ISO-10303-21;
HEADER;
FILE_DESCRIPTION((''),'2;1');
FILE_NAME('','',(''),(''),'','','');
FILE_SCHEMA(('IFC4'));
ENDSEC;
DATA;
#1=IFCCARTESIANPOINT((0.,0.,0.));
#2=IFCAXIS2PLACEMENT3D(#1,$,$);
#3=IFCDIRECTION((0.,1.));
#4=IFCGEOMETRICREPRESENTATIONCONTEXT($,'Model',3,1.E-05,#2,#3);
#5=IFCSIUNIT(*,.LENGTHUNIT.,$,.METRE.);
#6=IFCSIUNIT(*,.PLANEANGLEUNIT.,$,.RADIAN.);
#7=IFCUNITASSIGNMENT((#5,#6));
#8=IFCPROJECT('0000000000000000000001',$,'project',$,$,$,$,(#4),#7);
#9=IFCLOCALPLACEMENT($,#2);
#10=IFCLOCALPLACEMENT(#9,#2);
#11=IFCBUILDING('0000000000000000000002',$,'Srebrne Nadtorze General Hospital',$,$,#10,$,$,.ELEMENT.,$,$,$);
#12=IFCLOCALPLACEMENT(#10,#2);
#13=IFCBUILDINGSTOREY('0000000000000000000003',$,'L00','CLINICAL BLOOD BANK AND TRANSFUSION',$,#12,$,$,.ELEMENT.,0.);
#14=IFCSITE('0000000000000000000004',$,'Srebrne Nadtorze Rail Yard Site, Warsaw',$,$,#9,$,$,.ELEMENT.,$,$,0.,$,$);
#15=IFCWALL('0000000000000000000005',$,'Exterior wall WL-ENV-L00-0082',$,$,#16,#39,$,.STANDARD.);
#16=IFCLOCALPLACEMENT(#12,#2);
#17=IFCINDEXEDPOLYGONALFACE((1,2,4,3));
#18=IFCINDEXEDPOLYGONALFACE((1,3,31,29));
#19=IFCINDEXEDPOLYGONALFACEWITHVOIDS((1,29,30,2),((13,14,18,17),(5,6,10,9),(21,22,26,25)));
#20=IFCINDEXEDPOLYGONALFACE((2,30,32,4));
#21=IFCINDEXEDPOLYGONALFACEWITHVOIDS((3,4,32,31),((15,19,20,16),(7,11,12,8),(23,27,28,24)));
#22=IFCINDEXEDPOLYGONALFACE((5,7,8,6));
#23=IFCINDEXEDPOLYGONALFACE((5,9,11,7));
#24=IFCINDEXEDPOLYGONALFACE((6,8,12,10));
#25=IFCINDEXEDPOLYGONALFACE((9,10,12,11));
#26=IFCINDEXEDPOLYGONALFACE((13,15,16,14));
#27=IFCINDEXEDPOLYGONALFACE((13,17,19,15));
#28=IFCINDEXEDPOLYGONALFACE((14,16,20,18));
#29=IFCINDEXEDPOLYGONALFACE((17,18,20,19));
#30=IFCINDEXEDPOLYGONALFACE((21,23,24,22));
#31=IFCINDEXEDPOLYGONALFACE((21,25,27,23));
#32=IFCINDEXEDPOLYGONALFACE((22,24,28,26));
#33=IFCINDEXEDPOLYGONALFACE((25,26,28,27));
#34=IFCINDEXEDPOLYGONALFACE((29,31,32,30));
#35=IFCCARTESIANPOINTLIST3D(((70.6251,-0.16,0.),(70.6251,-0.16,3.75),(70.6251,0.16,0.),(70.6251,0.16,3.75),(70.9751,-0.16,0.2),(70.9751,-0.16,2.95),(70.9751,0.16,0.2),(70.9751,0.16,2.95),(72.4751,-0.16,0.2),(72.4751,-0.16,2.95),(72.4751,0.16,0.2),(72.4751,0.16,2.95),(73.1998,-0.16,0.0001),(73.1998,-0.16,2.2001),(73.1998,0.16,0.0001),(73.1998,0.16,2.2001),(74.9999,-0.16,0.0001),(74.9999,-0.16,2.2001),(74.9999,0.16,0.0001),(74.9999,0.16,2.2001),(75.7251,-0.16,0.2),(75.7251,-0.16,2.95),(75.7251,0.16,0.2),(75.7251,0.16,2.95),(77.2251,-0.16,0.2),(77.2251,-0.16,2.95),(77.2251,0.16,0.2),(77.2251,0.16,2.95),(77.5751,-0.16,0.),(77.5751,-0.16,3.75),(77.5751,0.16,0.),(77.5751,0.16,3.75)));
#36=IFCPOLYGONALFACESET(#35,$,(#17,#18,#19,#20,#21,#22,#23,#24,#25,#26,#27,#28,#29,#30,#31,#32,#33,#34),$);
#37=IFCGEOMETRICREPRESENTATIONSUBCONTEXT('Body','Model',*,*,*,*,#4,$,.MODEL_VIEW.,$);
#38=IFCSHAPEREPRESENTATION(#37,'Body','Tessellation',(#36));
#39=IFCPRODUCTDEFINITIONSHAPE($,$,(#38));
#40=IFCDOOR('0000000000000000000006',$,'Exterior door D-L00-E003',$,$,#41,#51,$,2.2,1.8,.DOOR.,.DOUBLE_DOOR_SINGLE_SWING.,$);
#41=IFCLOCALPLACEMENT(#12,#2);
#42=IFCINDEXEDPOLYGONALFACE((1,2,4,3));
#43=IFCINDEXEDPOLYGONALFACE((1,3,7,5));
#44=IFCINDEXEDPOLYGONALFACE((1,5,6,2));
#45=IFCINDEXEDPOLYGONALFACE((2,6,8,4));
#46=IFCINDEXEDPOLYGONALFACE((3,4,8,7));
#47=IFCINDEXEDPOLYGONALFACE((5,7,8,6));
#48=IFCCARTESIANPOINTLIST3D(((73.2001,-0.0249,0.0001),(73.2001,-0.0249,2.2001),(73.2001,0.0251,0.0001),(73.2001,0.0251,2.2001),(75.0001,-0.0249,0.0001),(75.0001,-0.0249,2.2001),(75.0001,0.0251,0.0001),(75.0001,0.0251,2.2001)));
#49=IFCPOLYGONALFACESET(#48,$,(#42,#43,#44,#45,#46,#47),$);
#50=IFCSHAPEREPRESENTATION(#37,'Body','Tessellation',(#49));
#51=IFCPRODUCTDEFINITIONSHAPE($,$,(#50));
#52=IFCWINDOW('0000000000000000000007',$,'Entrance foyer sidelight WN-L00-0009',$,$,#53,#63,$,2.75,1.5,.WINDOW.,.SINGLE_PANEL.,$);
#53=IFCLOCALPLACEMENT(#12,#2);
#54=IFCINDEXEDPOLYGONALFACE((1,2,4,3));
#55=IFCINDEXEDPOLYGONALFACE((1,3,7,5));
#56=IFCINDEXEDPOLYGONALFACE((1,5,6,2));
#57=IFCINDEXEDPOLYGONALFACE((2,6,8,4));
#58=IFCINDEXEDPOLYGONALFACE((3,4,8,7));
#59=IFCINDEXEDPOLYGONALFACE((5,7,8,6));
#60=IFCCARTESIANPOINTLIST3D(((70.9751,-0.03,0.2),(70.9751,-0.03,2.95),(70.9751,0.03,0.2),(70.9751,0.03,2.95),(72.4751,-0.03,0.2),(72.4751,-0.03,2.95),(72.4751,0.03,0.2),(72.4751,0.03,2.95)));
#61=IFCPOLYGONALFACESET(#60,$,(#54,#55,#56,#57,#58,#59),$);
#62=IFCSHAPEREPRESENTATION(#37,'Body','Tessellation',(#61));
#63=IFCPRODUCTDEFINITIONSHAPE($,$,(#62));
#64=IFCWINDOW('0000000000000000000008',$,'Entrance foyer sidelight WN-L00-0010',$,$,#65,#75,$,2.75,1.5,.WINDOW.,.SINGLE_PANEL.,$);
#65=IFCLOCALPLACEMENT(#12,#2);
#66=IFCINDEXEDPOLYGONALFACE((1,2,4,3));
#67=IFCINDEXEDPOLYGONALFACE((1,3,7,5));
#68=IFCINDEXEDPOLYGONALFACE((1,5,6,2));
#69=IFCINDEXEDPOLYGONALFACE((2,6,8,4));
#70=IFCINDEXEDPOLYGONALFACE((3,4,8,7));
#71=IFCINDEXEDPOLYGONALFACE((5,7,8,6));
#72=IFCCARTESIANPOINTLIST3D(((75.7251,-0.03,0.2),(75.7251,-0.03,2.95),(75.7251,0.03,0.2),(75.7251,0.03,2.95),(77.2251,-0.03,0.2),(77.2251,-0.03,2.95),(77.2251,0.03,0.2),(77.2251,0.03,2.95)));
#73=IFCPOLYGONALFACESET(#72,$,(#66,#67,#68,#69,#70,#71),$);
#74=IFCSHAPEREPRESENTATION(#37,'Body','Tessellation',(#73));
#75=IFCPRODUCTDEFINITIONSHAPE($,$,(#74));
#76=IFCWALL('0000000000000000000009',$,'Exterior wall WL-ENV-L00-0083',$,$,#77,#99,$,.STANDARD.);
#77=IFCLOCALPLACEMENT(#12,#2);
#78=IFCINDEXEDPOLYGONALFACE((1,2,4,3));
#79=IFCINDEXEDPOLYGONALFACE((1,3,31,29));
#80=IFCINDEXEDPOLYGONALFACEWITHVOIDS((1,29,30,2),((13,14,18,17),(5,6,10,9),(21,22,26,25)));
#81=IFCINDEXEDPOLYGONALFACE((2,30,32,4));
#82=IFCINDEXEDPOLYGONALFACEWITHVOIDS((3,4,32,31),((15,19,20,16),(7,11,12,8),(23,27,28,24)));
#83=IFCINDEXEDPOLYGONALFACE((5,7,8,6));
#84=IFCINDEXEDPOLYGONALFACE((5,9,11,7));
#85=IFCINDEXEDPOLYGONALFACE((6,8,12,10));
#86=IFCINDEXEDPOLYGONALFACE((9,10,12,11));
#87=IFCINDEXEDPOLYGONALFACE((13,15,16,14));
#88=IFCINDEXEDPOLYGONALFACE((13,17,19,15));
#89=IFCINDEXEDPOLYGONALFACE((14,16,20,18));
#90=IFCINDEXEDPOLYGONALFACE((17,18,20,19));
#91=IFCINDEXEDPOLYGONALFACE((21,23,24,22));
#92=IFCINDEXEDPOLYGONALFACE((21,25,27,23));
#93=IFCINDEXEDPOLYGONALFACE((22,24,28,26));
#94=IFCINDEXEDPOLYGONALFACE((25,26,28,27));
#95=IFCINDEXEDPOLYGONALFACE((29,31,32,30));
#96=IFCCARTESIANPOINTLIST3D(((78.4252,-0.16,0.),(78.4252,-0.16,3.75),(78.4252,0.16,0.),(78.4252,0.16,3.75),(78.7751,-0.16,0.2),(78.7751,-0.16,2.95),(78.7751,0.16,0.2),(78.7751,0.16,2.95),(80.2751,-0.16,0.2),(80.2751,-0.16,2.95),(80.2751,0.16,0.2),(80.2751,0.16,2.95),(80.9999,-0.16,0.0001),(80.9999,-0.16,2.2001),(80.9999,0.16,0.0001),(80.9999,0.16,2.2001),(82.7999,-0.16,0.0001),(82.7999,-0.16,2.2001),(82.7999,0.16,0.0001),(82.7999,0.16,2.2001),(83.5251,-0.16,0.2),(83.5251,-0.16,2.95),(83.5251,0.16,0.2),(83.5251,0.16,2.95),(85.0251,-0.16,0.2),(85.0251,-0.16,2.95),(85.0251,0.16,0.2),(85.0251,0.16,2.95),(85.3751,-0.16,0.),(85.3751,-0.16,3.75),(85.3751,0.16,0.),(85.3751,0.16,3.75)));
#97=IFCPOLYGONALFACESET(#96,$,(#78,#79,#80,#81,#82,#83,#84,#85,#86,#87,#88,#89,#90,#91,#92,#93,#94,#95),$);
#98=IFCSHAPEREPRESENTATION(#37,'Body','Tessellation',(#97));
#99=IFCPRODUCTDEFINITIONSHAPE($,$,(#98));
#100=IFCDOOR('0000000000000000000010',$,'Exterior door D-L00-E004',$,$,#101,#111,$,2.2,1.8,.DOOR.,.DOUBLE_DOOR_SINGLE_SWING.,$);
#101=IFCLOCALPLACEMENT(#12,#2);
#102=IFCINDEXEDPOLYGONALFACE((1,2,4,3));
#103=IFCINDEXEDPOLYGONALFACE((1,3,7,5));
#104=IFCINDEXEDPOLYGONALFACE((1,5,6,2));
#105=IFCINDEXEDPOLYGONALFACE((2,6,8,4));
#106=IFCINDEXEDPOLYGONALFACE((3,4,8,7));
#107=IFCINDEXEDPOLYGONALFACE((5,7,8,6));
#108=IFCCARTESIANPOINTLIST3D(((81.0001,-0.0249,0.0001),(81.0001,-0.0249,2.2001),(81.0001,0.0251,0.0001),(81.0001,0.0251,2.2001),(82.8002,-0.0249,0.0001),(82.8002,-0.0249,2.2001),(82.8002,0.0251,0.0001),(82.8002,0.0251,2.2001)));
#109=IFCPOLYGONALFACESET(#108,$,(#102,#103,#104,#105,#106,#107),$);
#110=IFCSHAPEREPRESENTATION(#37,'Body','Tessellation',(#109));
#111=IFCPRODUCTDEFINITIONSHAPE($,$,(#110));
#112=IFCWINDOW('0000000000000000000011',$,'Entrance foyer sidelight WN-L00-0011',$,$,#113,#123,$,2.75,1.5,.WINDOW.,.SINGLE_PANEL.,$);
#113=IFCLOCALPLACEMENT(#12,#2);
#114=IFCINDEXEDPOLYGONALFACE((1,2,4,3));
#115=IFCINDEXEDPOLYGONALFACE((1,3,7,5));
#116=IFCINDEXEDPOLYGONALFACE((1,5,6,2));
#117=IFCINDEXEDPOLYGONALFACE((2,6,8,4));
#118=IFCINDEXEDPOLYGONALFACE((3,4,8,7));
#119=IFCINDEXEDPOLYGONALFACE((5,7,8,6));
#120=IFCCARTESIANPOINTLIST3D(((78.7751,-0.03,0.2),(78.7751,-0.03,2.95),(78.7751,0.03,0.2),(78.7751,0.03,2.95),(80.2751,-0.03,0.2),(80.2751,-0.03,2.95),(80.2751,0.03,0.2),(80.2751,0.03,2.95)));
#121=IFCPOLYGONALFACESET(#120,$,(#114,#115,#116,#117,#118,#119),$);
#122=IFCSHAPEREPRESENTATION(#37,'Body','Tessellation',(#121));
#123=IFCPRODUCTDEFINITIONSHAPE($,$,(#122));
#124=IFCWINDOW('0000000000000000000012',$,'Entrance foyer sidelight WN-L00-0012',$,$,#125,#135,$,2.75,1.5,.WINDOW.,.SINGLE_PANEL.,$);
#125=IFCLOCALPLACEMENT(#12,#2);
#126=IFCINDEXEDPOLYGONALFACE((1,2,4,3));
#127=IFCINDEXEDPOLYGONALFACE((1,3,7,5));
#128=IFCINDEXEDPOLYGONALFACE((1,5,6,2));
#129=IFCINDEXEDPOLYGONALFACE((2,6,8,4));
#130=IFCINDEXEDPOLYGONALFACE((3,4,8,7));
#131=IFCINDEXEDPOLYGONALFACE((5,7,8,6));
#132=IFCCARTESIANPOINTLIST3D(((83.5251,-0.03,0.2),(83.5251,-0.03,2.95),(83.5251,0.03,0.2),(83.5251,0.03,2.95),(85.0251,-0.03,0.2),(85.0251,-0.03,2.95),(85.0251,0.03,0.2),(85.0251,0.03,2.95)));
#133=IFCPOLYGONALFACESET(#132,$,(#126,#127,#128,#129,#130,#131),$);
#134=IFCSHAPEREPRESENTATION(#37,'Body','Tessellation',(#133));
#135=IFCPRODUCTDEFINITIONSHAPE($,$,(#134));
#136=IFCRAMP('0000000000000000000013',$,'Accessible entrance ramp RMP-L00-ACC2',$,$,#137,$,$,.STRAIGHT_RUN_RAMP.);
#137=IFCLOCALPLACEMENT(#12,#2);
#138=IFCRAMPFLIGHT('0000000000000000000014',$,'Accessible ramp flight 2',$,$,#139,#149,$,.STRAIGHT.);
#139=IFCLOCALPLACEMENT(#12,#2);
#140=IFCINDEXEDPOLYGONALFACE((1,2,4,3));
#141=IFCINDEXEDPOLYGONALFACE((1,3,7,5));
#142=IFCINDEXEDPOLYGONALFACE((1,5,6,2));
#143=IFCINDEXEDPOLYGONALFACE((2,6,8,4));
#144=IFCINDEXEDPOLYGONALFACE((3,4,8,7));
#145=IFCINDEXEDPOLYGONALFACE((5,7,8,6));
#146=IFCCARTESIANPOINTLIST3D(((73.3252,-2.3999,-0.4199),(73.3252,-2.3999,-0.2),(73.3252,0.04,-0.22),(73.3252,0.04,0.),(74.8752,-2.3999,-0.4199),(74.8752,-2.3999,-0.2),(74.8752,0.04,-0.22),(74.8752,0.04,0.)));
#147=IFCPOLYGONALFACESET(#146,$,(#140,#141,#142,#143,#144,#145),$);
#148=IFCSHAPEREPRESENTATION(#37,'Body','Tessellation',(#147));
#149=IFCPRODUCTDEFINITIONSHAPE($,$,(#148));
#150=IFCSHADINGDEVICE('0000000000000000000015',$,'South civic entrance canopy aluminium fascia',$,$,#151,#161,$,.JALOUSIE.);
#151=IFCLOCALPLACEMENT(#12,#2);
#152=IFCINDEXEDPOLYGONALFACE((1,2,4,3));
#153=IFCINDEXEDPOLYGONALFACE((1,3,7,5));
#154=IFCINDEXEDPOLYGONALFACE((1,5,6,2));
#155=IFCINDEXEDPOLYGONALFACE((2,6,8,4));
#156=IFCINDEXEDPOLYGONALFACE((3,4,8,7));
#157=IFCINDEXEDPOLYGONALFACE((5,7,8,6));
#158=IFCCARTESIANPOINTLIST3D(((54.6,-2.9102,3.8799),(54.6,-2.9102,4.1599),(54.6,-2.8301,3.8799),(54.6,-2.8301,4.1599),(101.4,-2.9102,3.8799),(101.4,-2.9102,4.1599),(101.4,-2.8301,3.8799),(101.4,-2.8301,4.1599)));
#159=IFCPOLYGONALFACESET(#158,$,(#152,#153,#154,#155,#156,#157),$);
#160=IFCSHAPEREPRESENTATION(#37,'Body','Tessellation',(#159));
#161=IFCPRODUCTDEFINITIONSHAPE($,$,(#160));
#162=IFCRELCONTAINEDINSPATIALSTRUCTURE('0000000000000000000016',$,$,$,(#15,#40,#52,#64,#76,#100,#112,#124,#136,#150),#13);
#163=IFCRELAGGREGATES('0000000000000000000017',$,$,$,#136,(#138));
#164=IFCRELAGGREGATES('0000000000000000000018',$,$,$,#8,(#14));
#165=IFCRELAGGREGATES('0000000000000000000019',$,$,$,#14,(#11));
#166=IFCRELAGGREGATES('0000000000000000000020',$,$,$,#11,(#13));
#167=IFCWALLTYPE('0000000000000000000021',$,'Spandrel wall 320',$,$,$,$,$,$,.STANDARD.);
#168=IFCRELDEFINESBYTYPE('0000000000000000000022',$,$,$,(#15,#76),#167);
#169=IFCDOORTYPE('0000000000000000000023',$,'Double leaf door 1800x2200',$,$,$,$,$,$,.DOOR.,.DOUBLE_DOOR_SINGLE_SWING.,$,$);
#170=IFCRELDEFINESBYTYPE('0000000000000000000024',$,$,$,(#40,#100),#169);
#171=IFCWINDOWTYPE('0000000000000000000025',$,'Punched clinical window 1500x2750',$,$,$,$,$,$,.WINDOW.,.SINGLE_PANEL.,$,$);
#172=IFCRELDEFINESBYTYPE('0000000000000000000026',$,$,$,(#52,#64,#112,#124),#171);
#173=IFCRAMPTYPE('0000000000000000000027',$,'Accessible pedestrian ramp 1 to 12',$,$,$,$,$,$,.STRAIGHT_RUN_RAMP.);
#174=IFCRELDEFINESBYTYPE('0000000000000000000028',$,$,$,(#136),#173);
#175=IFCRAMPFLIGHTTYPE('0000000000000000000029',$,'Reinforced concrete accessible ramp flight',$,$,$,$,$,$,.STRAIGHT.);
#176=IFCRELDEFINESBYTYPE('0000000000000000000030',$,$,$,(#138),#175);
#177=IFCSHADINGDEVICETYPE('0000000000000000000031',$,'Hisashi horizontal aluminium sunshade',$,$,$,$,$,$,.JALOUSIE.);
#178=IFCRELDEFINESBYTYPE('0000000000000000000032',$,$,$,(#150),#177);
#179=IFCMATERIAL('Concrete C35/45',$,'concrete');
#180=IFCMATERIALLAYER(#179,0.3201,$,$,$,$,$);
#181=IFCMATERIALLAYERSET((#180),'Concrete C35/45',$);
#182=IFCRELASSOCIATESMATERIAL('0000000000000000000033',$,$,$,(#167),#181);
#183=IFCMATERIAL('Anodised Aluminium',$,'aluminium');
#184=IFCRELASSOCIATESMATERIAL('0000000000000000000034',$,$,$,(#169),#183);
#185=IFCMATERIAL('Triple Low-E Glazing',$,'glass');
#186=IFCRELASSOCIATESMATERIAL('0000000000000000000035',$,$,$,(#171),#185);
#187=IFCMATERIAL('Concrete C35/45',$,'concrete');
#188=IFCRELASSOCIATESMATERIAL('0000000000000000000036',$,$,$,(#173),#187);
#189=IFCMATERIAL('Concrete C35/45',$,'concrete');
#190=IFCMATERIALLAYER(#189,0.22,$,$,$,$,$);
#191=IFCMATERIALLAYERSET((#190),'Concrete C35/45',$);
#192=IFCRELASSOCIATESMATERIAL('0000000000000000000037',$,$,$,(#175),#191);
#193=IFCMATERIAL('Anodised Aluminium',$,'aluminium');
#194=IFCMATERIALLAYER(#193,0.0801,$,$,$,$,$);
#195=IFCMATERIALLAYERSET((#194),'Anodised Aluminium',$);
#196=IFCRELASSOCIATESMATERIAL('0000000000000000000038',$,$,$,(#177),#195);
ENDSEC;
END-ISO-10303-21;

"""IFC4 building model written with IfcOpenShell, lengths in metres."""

from ifc_helpers import new_model, si_unit, direction, frame, frame_2d, origin, origin_2d, place, context, subcontext, project, spatial, polyline, rectangle, outline, extrude, material, layer, layer_set, type_object, element, fill, aggregate, save


model = new_model("IFC4")

# Units and contexts
model_context = context("Model", 3, precision=1e-05, world=origin(), true_north=direction((0.0, 1.0)))
body_context = subcontext(model_context, "Body", "Model", "MODEL_VIEW")
ifc_project = project(units=[si_unit("LENGTHUNIT", "METRE"), si_unit("PLANEANGLEUNIT", "RADIAN")], contexts=[model_context])

# Site, building, storey
site_placement = place(None, origin())
site = spatial("IfcSite", under=ifc_project, at=site_placement, Name="Srebrne Nadtorze Rail Yard Site, Warsaw", CompositionType="ELEMENT", RefElevation=0.0)
building_placement = place(site_placement, origin())
building = spatial("IfcBuilding", under=site, at=building_placement, Name="Srebrne Nadtorze General Hospital", CompositionType="ELEMENT")
storey_placement = place(building_placement, origin())
storey = spatial("IfcBuildingStorey", under=building, at=storey_placement, Name="L00", Description="CLINICAL BLOOD BANK AND TRANSFUSION", CompositionType="ELEMENT", Elevation=0.0)

# Walls, openings, doors, windows
ifc_material_1 = material(Name="Concrete C35/45", Category="concrete")
ifc_layer_1 = layer(ifc_material_1, 0.3201)
ifc_layer_set_1 = layer_set([ifc_layer_1], Name="Concrete C35/45")
wall_type_1 = type_object("IfcWallType", Name="Spandrel wall 320", PredefinedType="STANDARD", material=ifc_layer_set_1)
wall_1_placement = place(storey_placement, frame((70.625, 0.0, 0.0), z_axis=(0.0, 0.0, 1.0), x_axis=(1.0, 0.0, 0.0)))
wall_1 = element("IfcWall", 1, at=wall_1_placement, inside=storey, type_object=wall_type_1, Name="Exterior wall WL-ENV-L00-0082", PredefinedType="STANDARD", context=body_context, shape_type="SweptSolid", body=[
    extrude(rectangle(XDim=6.95, YDim=0.3201, at=frame_2d((3.4751, 0.0))), origin(), (0.0, 0.0, 1.0), 3.75),
])
opening_1_placement = place(wall_1_placement, frame((2.575, 0.0, 0.0)))
opening_1 = element("IfcOpeningElement", 2, at=opening_1_placement, cuts=wall_1, PredefinedType="OPENING", context=body_context, shape_type="SweptSolid", body=[
    extrude(rectangle(XDim=1.8, YDim=2.2, at=frame_2d((0.8999, 1.1001))), frame((0.0, 0.1719, 0.0), z_axis=(0.0, -1.0, 0.0), x_axis=(1.0, 0.0, 0.0)), (0.0, 0.0, 1.0), 0.344),
])
opening_2_placement = place(wall_1_placement, frame((0.3501, 0.0, 0.2)))
opening_2 = element("IfcOpeningElement", 3, at=opening_2_placement, cuts=wall_1, PredefinedType="OPENING", context=body_context, shape_type="SweptSolid", body=[
    extrude(rectangle(XDim=1.5, YDim=2.75, at=frame_2d((0.75, 1.375))), frame((0.0, 0.1719, 0.0), z_axis=(0.0, -1.0, 0.0), x_axis=(1.0, 0.0, 0.0)), (0.0, 0.0, 1.0), 0.344),
])
opening_3_placement = place(wall_1_placement, frame((5.1001, 0.0, 0.2)))
opening_3 = element("IfcOpeningElement", 4, at=opening_3_placement, cuts=wall_1, PredefinedType="OPENING", context=body_context, shape_type="SweptSolid", body=[
    extrude(rectangle(XDim=1.5, YDim=2.75, at=frame_2d((0.75, 1.375))), frame((0.0, 0.1719, 0.0), z_axis=(0.0, -1.0, 0.0), x_axis=(1.0, 0.0, 0.0)), (0.0, 0.0, 1.0), 0.344),
])
ifc_material_2 = material(Name="Anodised Aluminium", Category="aluminium")
door_type = type_object("IfcDoorType", Name="Double leaf door 1800x2200", OperationType="DOUBLE_DOOR_SINGLE_SWING", PredefinedType="DOOR", material=ifc_material_2)
door_1_placement = place(opening_1_placement, frame((1.8, 0.0, 0.0), z_axis=(0.0, 0.0, 1.0), x_axis=(-1.0, 0.0, 0.0)))
door_1 = element("IfcDoor", 5, at=door_1_placement, inside=storey, type_object=door_type, Name="Exterior door D-L00-E003", OperationType="DOUBLE_DOOR_SINGLE_SWING", OverallHeight=2.2, OverallWidth=1.8, PredefinedType="DOOR", context=body_context, shape_type="SweptSolid", body=[
    extrude(rectangle(XDim=1.8, YDim=2.2, at=frame_2d((0.8999, 1.1001))), frame((0.0, 0.0249, 0.0), z_axis=(0.0, -1.0, 0.0), x_axis=(1.0, 0.0, 0.0)), (0.0, 0.0, 1.0), 0.05),
])
fill(opening_1, door_1)
ifc_material_3 = material(Name="Triple Low-E Glazing", Category="glass")
window_type = type_object("IfcWindowType", Name="Punched clinical window 1500x2750", PartitioningType="SINGLE_PANEL", PredefinedType="WINDOW", material=ifc_material_3)
window_1_placement = place(opening_2_placement, origin())
window_1 = element("IfcWindow", 6, at=window_1_placement, inside=storey, type_object=window_type, Name="Entrance foyer sidelight WN-L00-0009", OverallHeight=2.75, OverallWidth=1.5, PartitioningType="SINGLE_PANEL", PredefinedType="WINDOW", context=body_context, shape_type="SweptSolid", body=[
    extrude(rectangle(XDim=1.5, YDim=2.75, at=frame_2d((0.75, 1.375))), frame((0.0, 0.03, 0.0), z_axis=(0.0, -1.0, 0.0), x_axis=(1.0, 0.0, 0.0)), (0.0, 0.0, 1.0), 0.0601),
])
fill(opening_2, window_1)
window_2_placement = place(opening_3_placement, origin())
window_2 = element("IfcWindow", 7, at=window_2_placement, inside=storey, type_object=window_type, Name="Entrance foyer sidelight WN-L00-0010", OverallHeight=2.75, OverallWidth=1.5, PartitioningType="SINGLE_PANEL", PredefinedType="WINDOW", context=body_context, shape_type="SweptSolid", body=[
    extrude(rectangle(XDim=1.5, YDim=2.75, at=frame_2d((0.75, 1.375))), frame((0.0, 0.03, 0.0), z_axis=(0.0, -1.0, 0.0), x_axis=(1.0, 0.0, 0.0)), (0.0, 0.0, 1.0), 0.0601),
])
fill(opening_3, window_2)
wall_2_placement = place(storey_placement, frame((78.425, 0.0, 0.0), z_axis=(0.0, 0.0, 1.0), x_axis=(1.0, 0.0, 0.0)))
wall_2 = element("IfcWall", 8, at=wall_2_placement, inside=storey, type_object=wall_type_1, Name="Exterior wall WL-ENV-L00-0083", PredefinedType="STANDARD", context=body_context, shape_type="SweptSolid", body=[
    extrude(rectangle(XDim=6.95, YDim=0.3201, at=frame_2d((3.4751, 0.0))), origin(), (0.0, 0.0, 1.0), 3.75),
])
opening_4_placement = place(wall_2_placement, frame((2.575, 0.0, 0.0)))
opening_4 = element("IfcOpeningElement", 9, at=opening_4_placement, cuts=wall_2, PredefinedType="OPENING", context=body_context, shape_type="SweptSolid", body=[
    extrude(rectangle(XDim=1.8, YDim=2.2, at=frame_2d((0.8999, 1.1001))), frame((0.0, 0.1719, 0.0), z_axis=(0.0, -1.0, 0.0), x_axis=(1.0, 0.0, 0.0)), (0.0, 0.0, 1.0), 0.344),
])
opening_5_placement = place(wall_2_placement, frame((0.3501, 0.0, 0.2)))
opening_5 = element("IfcOpeningElement", 10, at=opening_5_placement, cuts=wall_2, PredefinedType="OPENING", context=body_context, shape_type="SweptSolid", body=[
    extrude(rectangle(XDim=1.5, YDim=2.75, at=frame_2d((0.75, 1.375))), frame((0.0, 0.1719, 0.0), z_axis=(0.0, -1.0, 0.0), x_axis=(1.0, 0.0, 0.0)), (0.0, 0.0, 1.0), 0.344),
])
opening_6_placement = place(wall_2_placement, frame((5.1001, 0.0, 0.2)))
opening_6 = element("IfcOpeningElement", 11, at=opening_6_placement, cuts=wall_2, PredefinedType="OPENING", context=body_context, shape_type="SweptSolid", body=[
    extrude(rectangle(XDim=1.5, YDim=2.75, at=frame_2d((0.75, 1.375))), frame((0.0, 0.1719, 0.0), z_axis=(0.0, -1.0, 0.0), x_axis=(1.0, 0.0, 0.0)), (0.0, 0.0, 1.0), 0.344),
])
door_2_placement = place(opening_4_placement, frame((1.8, 0.0, 0.0), z_axis=(0.0, 0.0, 1.0), x_axis=(-1.0, 0.0, 0.0)))
door_2 = element("IfcDoor", 12, at=door_2_placement, inside=storey, type_object=door_type, Name="Exterior door D-L00-E004", OperationType="DOUBLE_DOOR_SINGLE_SWING", OverallHeight=2.2, OverallWidth=1.8, PredefinedType="DOOR", context=body_context, shape_type="SweptSolid", body=[
    extrude(rectangle(XDim=1.8, YDim=2.2, at=frame_2d((0.8999, 1.1001))), frame((0.0, 0.0249, 0.0), z_axis=(0.0, -1.0, 0.0), x_axis=(1.0, 0.0, 0.0)), (0.0, 0.0, 1.0), 0.05),
])
fill(opening_4, door_2)
window_3_placement = place(opening_5_placement, origin())
window_3 = element("IfcWindow", 13, at=window_3_placement, inside=storey, type_object=window_type, Name="Entrance foyer sidelight WN-L00-0011", OverallHeight=2.75, OverallWidth=1.5, PartitioningType="SINGLE_PANEL", PredefinedType="WINDOW", context=body_context, shape_type="SweptSolid", body=[
    extrude(rectangle(XDim=1.5, YDim=2.75, at=frame_2d((0.75, 1.375))), frame((0.0, 0.03, 0.0), z_axis=(0.0, -1.0, 0.0), x_axis=(1.0, 0.0, 0.0)), (0.0, 0.0, 1.0), 0.0601),
])
fill(opening_5, window_3)
window_4_placement = place(opening_6_placement, origin())
window_4 = element("IfcWindow", 14, at=window_4_placement, inside=storey, type_object=window_type, Name="Entrance foyer sidelight WN-L00-0012", OverallHeight=2.75, OverallWidth=1.5, PartitioningType="SINGLE_PANEL", PredefinedType="WINDOW", context=body_context, shape_type="SweptSolid", body=[
    extrude(rectangle(XDim=1.5, YDim=2.75, at=frame_2d((0.75, 1.375))), frame((0.0, 0.03, 0.0), z_axis=(0.0, -1.0, 0.0), x_axis=(1.0, 0.0, 0.0)), (0.0, 0.0, 1.0), 0.0601),
])
fill(opening_6, window_4)

# Ramp, ramp flight
ifc_material_4 = material(Name="Concrete C35/45", Category="concrete")
ramp_type = type_object("IfcRampType", Name="Accessible pedestrian ramp 1 to 12", PredefinedType="STRAIGHT_RUN_RAMP", material=ifc_material_4)
ramp_placement = place(storey_placement, origin())
ramp = element("IfcRamp", 15, at=ramp_placement, inside=storey, type_object=ramp_type, Name="Accessible entrance ramp RMP-L00-ACC2", PredefinedType="STRAIGHT_RUN_RAMP")
ifc_material_5 = material(Name="Concrete C35/45", Category="concrete")
ifc_layer_2 = layer(ifc_material_5, 0.22)
ifc_layer_set_2 = layer_set([ifc_layer_2], Name="Concrete C35/45")
ramp_flight_type = type_object("IfcRampFlightType", Name="Reinforced concrete accessible ramp flight", PredefinedType="STRAIGHT", material=ifc_layer_set_2)
ramp_flight_placement = place(storey_placement, frame((74.1001, -2.3999, -0.2), z_axis=(0.0, 0.0, 1.0), x_axis=(0.0, 1.0, 0.0)))
ramp_flight = element("IfcRampFlight", 16, at=ramp_flight_placement, type_object=ramp_flight_type, Name="Accessible ramp flight 2", PredefinedType="STRAIGHT", context=body_context, shape_type="SweptSolid", body=[
    extrude(outline(polyline([(0.0, 0.0), (2.4399, 0.2), (2.4399, -0.02), (0.0, -0.22), (0.0, 0.0)])), frame((0.0, 0.7749, 0.0), z_axis=(0.0, -1.0, 0.0), x_axis=(1.0, 0.0, 0.0)), (0.0, 0.0, 1.0), 1.55),
])
aggregate(ramp, [ramp_flight])

# Shading device
ifc_material_6 = material(Name="Anodised Aluminium", Category="aluminium")
ifc_layer_3 = layer(ifc_material_6, 0.0801)
ifc_layer_set_3 = layer_set([ifc_layer_3], Name="Anodised Aluminium")
shading_device_type = type_object("IfcShadingDeviceType", Name="Hisashi horizontal aluminium sunshade", PredefinedType="JALOUSIE", material=ifc_layer_set_3)
shading_device_placement = place(storey_placement, frame((78.0, -2.8701, 3.8799), z_axis=(0.0, 0.0, 1.0), x_axis=(1.0, 0.0, 0.0)))
element("IfcShadingDevice", 17, at=shading_device_placement, inside=storey, type_object=shading_device_type, Name="South civic entrance canopy aluminium fascia", PredefinedType="JALOUSIE", context=body_context, shape_type="SweptSolid", body=[
    extrude(rectangle(XDim=46.8, YDim=0.0801, at=origin_2d()), origin(), (0.0, 0.0, 1.0), 0.28),
])

save(model, "model.ifc")
